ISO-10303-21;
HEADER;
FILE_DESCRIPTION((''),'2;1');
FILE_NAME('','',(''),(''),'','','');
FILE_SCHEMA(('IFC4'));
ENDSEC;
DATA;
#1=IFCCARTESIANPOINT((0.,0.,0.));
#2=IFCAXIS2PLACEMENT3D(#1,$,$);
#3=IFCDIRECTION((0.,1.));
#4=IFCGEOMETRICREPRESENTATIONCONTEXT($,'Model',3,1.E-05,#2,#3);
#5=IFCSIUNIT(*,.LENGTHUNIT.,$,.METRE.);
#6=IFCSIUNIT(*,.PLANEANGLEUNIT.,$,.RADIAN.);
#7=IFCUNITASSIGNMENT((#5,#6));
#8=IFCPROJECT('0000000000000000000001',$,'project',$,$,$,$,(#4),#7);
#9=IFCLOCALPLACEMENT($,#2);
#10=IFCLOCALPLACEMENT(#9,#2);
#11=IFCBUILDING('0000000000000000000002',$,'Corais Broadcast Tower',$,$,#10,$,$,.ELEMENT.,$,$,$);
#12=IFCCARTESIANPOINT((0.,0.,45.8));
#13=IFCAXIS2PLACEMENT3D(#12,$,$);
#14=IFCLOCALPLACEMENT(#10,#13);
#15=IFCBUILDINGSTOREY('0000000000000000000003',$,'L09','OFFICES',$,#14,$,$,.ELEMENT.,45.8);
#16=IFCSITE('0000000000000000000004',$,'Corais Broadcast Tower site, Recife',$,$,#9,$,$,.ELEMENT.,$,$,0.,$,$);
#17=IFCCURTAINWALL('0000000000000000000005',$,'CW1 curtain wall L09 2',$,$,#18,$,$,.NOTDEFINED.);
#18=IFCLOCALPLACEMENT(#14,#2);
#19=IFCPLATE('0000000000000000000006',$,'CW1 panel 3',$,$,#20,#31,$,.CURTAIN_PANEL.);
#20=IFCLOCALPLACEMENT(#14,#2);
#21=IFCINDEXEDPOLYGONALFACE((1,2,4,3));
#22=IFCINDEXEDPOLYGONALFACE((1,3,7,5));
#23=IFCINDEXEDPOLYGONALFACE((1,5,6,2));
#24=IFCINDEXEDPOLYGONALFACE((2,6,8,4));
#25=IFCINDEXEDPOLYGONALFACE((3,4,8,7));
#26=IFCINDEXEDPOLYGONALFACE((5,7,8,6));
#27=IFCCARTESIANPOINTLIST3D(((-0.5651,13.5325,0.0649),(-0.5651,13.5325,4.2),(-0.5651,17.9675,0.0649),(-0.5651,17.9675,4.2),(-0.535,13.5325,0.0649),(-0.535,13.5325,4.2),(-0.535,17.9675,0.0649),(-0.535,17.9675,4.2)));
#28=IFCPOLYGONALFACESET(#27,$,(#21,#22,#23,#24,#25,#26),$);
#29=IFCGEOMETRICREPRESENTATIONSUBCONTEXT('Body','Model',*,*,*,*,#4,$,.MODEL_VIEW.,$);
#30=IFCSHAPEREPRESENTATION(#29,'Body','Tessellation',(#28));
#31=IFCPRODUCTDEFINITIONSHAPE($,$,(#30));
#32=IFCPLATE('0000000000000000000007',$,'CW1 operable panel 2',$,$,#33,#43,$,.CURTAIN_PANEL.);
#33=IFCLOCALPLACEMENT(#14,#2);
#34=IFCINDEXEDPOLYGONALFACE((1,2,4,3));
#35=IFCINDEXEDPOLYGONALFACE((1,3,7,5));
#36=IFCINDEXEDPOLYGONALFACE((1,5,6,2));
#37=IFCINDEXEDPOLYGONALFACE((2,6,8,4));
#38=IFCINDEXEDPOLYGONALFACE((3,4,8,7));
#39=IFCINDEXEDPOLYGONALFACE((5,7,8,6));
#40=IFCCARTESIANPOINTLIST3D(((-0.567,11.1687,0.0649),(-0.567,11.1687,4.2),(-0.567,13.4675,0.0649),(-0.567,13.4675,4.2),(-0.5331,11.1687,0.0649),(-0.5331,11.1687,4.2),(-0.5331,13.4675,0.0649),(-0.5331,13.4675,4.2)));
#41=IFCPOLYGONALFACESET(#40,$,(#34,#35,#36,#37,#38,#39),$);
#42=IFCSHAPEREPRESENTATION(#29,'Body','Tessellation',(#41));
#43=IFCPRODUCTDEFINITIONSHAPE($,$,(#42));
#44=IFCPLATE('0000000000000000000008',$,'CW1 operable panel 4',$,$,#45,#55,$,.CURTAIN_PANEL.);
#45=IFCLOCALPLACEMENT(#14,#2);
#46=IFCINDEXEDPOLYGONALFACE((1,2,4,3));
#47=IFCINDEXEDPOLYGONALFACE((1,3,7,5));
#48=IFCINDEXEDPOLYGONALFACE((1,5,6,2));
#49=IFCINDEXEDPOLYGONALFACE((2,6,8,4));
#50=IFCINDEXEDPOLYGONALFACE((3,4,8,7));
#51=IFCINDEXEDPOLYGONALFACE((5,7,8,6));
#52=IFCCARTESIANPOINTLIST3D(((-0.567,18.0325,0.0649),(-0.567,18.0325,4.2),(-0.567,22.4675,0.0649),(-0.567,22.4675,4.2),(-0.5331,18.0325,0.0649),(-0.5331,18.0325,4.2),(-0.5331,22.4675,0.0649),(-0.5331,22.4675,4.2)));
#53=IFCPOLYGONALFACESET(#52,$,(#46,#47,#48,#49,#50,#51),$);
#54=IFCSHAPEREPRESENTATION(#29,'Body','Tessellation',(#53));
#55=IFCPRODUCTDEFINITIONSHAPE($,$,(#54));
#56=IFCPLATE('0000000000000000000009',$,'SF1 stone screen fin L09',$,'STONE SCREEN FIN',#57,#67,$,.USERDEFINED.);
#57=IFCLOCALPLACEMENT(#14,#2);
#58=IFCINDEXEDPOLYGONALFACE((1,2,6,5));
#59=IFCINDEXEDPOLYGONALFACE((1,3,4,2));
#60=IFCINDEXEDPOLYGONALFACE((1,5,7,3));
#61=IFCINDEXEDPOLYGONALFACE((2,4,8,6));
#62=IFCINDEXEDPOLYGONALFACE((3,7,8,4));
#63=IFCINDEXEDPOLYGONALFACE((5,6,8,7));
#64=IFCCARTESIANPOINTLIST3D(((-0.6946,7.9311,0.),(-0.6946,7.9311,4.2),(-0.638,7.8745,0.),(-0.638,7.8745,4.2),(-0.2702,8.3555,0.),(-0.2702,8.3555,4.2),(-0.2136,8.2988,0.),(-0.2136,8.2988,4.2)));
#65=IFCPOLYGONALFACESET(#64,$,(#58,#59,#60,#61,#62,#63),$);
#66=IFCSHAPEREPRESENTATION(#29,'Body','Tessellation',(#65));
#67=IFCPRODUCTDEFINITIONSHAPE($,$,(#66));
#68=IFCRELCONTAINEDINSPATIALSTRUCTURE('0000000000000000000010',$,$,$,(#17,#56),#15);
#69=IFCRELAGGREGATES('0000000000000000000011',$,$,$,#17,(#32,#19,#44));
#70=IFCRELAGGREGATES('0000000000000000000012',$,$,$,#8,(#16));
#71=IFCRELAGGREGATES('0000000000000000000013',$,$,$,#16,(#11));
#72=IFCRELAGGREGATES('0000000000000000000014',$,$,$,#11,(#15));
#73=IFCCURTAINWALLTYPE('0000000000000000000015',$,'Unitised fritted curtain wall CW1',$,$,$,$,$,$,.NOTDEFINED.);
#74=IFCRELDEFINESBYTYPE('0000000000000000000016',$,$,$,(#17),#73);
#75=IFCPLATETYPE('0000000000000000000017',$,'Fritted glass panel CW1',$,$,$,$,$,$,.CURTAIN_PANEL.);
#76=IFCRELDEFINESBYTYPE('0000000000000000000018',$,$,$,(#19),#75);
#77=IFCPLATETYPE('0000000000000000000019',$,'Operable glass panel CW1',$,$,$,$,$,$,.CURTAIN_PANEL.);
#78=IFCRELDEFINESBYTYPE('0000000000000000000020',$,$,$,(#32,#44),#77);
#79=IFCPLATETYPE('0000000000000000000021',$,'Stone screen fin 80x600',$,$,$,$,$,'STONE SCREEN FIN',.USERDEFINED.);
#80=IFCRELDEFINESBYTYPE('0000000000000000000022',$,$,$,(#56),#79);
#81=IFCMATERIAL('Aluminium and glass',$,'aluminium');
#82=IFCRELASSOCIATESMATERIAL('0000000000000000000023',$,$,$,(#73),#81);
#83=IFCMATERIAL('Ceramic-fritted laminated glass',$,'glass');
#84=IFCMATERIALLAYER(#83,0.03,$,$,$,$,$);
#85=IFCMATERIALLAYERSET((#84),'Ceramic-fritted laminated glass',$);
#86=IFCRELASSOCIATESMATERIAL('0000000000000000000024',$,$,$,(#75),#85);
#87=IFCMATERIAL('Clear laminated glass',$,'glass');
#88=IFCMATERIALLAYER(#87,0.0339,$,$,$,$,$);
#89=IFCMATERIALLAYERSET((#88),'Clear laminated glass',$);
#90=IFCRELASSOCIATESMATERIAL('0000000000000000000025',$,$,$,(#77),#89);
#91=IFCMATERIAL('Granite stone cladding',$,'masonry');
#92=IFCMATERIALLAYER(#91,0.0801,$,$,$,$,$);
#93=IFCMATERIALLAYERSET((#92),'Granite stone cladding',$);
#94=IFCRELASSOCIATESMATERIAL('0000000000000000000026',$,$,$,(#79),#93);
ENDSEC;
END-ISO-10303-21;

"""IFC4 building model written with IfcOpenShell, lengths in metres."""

from ifc_helpers import new_model, si_unit, direction, frame, origin, origin_2d, place, context, subcontext, project, spatial, rectangle, extrude, material, layer, layer_set, type_object, element, aggregate, save


model = new_model("IFC4")

# Units and contexts
model_context = context("Model", 3, precision=1e-05, world=origin(), true_north=direction((0.0, 1.0)))
body_context = subcontext(model_context, "Body", "Model", "MODEL_VIEW")
ifc_project = project(units=[si_unit("LENGTHUNIT", "METRE"), si_unit("PLANEANGLEUNIT", "RADIAN")], contexts=[model_context])

# Site, building, storey
site_placement = place(None, origin())
site = spatial("IfcSite", under=ifc_project, at=site_placement, Name="Corais Broadcast Tower site, Recife", CompositionType="ELEMENT", RefElevation=0.0)
building_placement = place(site_placement, origin())
building = spatial("IfcBuilding", under=site, at=building_placement, Name="Corais Broadcast Tower", CompositionType="ELEMENT")
storey_placement = place(building_placement, frame((0.0, 0.0, 45.8)))
storey = spatial("IfcBuildingStorey", under=building, at=storey_placement, Name="L09", Description="OFFICES", CompositionType="ELEMENT", Elevation=45.8)

# Shared definitions
ifc_material_1 = material(Name="Aluminium and glass", Category="aluminium")
curtain_wall_type = type_object("IfcCurtainWallType", Name="Unitised fritted curtain wall CW1", PredefinedType="NOTDEFINED", material=ifc_material_1)

# Curtain wall
curtain_wall_1_placement = place(storey_placement, origin())
curtain_wall_1 = element("IfcCurtainWall", 1, at=curtain_wall_1_placement, inside=storey, type_object=curtain_wall_type, Name="CW1 curtain wall L09 2", PredefinedType="NOTDEFINED")

# Plates
ifc_material_2 = material(Name="Ceramic-fritted laminated glass", Category="glass")
ifc_layer_1 = layer(ifc_material_2, 0.03)
ifc_layer_set_1 = layer_set([ifc_layer_1], Name="Ceramic-fritted laminated glass")
plate_type_1 = type_object("IfcPlateType", Name="Fritted glass panel CW1", PredefinedType="CURTAIN_PANEL", material=ifc_layer_set_1)
plate_1_placement = place(storey_placement, frame((-0.55, 15.75, 0.0649), z_axis=(0.0, 0.0, 1.0), x_axis=(0.0, 1.0, 0.0)))
plate_1 = element("IfcPlate", 2, at=plate_1_placement, type_object=plate_type_1, Name="CW1 panel 3", PredefinedType="CURTAIN_PANEL", context=body_context, shape_type="SweptSolid", body=[
    extrude(rectangle(XDim=4.4351, YDim=0.03, at=origin_2d()), origin(), (0.0, 0.0, 1.0), 4.135),
])
ifc_material_3 = material(Name="Clear laminated glass", Category="glass")
ifc_layer_2 = layer(ifc_material_3, 0.0339)
ifc_layer_set_2 = layer_set([ifc_layer_2], Name="Clear laminated glass")
plate_type_2 = type_object("IfcPlateType", Name="Operable glass panel CW1", PredefinedType="CURTAIN_PANEL", material=ifc_layer_set_2)
plate_2_placement = place(storey_placement, frame((-0.55, 12.3181, 0.0649), z_axis=(0.0, 0.0, 1.0), x_axis=(0.0, 1.0, 0.0)))
plate_2 = element("IfcPlate", 3, at=plate_2_placement, type_object=plate_type_2, Name="CW1 operable panel 2", PredefinedType="CURTAIN_PANEL", context=body_context, shape_type="SweptSolid", body=[
    extrude(rectangle(XDim=2.2988, YDim=0.0339, at=origin_2d()), origin(), (0.0, 0.0, 1.0), 4.135),
])
plate_3_placement = place(storey_placement, frame((-0.55, 20.25, 0.0649), z_axis=(0.0, 0.0, 1.0), x_axis=(0.0, 1.0, 0.0)))
plate_3 = element("IfcPlate", 4, at=plate_3_placement, type_object=plate_type_2, Name="CW1 operable panel 4", PredefinedType="CURTAIN_PANEL", context=body_context, shape_type="SweptSolid", body=[
    extrude(rectangle(XDim=4.4351, YDim=0.0339, at=origin_2d()), origin(), (0.0, 0.0, 1.0), 4.135),
])
aggregate(curtain_wall_1, [plate_2, plate_1, plate_3])
ifc_material_4 = material(Name="Granite stone cladding", Category="masonry")
ifc_layer_3 = layer(ifc_material_4, 0.0801)
ifc_layer_set_3 = layer_set([ifc_layer_3], Name="Granite stone cladding")
plate_type_3 = type_object("IfcPlateType", Name="Stone screen fin 80x600", ElementType="STONE SCREEN FIN", PredefinedType="USERDEFINED", material=ifc_layer_set_3)
plate_4_placement = place(storey_placement, frame((-0.4541, 8.115, 0.0), z_axis=(0.0, 0.0, 1.0), x_axis=(-0.707107, 0.707107, 0.0)))
element("IfcPlate", 5, at=plate_4_placement, inside=storey, type_object=plate_type_3, Name="SF1 stone screen fin L09", ObjectType="STONE SCREEN FIN", PredefinedType="USERDEFINED", context=body_context, shape_type="SweptSolid", body=[
    extrude(rectangle(XDim=0.0801, YDim=0.6001, at=origin_2d()), origin(), (0.0, 0.0, 1.0), 4.2),
])

save(model, "model.ifc")
